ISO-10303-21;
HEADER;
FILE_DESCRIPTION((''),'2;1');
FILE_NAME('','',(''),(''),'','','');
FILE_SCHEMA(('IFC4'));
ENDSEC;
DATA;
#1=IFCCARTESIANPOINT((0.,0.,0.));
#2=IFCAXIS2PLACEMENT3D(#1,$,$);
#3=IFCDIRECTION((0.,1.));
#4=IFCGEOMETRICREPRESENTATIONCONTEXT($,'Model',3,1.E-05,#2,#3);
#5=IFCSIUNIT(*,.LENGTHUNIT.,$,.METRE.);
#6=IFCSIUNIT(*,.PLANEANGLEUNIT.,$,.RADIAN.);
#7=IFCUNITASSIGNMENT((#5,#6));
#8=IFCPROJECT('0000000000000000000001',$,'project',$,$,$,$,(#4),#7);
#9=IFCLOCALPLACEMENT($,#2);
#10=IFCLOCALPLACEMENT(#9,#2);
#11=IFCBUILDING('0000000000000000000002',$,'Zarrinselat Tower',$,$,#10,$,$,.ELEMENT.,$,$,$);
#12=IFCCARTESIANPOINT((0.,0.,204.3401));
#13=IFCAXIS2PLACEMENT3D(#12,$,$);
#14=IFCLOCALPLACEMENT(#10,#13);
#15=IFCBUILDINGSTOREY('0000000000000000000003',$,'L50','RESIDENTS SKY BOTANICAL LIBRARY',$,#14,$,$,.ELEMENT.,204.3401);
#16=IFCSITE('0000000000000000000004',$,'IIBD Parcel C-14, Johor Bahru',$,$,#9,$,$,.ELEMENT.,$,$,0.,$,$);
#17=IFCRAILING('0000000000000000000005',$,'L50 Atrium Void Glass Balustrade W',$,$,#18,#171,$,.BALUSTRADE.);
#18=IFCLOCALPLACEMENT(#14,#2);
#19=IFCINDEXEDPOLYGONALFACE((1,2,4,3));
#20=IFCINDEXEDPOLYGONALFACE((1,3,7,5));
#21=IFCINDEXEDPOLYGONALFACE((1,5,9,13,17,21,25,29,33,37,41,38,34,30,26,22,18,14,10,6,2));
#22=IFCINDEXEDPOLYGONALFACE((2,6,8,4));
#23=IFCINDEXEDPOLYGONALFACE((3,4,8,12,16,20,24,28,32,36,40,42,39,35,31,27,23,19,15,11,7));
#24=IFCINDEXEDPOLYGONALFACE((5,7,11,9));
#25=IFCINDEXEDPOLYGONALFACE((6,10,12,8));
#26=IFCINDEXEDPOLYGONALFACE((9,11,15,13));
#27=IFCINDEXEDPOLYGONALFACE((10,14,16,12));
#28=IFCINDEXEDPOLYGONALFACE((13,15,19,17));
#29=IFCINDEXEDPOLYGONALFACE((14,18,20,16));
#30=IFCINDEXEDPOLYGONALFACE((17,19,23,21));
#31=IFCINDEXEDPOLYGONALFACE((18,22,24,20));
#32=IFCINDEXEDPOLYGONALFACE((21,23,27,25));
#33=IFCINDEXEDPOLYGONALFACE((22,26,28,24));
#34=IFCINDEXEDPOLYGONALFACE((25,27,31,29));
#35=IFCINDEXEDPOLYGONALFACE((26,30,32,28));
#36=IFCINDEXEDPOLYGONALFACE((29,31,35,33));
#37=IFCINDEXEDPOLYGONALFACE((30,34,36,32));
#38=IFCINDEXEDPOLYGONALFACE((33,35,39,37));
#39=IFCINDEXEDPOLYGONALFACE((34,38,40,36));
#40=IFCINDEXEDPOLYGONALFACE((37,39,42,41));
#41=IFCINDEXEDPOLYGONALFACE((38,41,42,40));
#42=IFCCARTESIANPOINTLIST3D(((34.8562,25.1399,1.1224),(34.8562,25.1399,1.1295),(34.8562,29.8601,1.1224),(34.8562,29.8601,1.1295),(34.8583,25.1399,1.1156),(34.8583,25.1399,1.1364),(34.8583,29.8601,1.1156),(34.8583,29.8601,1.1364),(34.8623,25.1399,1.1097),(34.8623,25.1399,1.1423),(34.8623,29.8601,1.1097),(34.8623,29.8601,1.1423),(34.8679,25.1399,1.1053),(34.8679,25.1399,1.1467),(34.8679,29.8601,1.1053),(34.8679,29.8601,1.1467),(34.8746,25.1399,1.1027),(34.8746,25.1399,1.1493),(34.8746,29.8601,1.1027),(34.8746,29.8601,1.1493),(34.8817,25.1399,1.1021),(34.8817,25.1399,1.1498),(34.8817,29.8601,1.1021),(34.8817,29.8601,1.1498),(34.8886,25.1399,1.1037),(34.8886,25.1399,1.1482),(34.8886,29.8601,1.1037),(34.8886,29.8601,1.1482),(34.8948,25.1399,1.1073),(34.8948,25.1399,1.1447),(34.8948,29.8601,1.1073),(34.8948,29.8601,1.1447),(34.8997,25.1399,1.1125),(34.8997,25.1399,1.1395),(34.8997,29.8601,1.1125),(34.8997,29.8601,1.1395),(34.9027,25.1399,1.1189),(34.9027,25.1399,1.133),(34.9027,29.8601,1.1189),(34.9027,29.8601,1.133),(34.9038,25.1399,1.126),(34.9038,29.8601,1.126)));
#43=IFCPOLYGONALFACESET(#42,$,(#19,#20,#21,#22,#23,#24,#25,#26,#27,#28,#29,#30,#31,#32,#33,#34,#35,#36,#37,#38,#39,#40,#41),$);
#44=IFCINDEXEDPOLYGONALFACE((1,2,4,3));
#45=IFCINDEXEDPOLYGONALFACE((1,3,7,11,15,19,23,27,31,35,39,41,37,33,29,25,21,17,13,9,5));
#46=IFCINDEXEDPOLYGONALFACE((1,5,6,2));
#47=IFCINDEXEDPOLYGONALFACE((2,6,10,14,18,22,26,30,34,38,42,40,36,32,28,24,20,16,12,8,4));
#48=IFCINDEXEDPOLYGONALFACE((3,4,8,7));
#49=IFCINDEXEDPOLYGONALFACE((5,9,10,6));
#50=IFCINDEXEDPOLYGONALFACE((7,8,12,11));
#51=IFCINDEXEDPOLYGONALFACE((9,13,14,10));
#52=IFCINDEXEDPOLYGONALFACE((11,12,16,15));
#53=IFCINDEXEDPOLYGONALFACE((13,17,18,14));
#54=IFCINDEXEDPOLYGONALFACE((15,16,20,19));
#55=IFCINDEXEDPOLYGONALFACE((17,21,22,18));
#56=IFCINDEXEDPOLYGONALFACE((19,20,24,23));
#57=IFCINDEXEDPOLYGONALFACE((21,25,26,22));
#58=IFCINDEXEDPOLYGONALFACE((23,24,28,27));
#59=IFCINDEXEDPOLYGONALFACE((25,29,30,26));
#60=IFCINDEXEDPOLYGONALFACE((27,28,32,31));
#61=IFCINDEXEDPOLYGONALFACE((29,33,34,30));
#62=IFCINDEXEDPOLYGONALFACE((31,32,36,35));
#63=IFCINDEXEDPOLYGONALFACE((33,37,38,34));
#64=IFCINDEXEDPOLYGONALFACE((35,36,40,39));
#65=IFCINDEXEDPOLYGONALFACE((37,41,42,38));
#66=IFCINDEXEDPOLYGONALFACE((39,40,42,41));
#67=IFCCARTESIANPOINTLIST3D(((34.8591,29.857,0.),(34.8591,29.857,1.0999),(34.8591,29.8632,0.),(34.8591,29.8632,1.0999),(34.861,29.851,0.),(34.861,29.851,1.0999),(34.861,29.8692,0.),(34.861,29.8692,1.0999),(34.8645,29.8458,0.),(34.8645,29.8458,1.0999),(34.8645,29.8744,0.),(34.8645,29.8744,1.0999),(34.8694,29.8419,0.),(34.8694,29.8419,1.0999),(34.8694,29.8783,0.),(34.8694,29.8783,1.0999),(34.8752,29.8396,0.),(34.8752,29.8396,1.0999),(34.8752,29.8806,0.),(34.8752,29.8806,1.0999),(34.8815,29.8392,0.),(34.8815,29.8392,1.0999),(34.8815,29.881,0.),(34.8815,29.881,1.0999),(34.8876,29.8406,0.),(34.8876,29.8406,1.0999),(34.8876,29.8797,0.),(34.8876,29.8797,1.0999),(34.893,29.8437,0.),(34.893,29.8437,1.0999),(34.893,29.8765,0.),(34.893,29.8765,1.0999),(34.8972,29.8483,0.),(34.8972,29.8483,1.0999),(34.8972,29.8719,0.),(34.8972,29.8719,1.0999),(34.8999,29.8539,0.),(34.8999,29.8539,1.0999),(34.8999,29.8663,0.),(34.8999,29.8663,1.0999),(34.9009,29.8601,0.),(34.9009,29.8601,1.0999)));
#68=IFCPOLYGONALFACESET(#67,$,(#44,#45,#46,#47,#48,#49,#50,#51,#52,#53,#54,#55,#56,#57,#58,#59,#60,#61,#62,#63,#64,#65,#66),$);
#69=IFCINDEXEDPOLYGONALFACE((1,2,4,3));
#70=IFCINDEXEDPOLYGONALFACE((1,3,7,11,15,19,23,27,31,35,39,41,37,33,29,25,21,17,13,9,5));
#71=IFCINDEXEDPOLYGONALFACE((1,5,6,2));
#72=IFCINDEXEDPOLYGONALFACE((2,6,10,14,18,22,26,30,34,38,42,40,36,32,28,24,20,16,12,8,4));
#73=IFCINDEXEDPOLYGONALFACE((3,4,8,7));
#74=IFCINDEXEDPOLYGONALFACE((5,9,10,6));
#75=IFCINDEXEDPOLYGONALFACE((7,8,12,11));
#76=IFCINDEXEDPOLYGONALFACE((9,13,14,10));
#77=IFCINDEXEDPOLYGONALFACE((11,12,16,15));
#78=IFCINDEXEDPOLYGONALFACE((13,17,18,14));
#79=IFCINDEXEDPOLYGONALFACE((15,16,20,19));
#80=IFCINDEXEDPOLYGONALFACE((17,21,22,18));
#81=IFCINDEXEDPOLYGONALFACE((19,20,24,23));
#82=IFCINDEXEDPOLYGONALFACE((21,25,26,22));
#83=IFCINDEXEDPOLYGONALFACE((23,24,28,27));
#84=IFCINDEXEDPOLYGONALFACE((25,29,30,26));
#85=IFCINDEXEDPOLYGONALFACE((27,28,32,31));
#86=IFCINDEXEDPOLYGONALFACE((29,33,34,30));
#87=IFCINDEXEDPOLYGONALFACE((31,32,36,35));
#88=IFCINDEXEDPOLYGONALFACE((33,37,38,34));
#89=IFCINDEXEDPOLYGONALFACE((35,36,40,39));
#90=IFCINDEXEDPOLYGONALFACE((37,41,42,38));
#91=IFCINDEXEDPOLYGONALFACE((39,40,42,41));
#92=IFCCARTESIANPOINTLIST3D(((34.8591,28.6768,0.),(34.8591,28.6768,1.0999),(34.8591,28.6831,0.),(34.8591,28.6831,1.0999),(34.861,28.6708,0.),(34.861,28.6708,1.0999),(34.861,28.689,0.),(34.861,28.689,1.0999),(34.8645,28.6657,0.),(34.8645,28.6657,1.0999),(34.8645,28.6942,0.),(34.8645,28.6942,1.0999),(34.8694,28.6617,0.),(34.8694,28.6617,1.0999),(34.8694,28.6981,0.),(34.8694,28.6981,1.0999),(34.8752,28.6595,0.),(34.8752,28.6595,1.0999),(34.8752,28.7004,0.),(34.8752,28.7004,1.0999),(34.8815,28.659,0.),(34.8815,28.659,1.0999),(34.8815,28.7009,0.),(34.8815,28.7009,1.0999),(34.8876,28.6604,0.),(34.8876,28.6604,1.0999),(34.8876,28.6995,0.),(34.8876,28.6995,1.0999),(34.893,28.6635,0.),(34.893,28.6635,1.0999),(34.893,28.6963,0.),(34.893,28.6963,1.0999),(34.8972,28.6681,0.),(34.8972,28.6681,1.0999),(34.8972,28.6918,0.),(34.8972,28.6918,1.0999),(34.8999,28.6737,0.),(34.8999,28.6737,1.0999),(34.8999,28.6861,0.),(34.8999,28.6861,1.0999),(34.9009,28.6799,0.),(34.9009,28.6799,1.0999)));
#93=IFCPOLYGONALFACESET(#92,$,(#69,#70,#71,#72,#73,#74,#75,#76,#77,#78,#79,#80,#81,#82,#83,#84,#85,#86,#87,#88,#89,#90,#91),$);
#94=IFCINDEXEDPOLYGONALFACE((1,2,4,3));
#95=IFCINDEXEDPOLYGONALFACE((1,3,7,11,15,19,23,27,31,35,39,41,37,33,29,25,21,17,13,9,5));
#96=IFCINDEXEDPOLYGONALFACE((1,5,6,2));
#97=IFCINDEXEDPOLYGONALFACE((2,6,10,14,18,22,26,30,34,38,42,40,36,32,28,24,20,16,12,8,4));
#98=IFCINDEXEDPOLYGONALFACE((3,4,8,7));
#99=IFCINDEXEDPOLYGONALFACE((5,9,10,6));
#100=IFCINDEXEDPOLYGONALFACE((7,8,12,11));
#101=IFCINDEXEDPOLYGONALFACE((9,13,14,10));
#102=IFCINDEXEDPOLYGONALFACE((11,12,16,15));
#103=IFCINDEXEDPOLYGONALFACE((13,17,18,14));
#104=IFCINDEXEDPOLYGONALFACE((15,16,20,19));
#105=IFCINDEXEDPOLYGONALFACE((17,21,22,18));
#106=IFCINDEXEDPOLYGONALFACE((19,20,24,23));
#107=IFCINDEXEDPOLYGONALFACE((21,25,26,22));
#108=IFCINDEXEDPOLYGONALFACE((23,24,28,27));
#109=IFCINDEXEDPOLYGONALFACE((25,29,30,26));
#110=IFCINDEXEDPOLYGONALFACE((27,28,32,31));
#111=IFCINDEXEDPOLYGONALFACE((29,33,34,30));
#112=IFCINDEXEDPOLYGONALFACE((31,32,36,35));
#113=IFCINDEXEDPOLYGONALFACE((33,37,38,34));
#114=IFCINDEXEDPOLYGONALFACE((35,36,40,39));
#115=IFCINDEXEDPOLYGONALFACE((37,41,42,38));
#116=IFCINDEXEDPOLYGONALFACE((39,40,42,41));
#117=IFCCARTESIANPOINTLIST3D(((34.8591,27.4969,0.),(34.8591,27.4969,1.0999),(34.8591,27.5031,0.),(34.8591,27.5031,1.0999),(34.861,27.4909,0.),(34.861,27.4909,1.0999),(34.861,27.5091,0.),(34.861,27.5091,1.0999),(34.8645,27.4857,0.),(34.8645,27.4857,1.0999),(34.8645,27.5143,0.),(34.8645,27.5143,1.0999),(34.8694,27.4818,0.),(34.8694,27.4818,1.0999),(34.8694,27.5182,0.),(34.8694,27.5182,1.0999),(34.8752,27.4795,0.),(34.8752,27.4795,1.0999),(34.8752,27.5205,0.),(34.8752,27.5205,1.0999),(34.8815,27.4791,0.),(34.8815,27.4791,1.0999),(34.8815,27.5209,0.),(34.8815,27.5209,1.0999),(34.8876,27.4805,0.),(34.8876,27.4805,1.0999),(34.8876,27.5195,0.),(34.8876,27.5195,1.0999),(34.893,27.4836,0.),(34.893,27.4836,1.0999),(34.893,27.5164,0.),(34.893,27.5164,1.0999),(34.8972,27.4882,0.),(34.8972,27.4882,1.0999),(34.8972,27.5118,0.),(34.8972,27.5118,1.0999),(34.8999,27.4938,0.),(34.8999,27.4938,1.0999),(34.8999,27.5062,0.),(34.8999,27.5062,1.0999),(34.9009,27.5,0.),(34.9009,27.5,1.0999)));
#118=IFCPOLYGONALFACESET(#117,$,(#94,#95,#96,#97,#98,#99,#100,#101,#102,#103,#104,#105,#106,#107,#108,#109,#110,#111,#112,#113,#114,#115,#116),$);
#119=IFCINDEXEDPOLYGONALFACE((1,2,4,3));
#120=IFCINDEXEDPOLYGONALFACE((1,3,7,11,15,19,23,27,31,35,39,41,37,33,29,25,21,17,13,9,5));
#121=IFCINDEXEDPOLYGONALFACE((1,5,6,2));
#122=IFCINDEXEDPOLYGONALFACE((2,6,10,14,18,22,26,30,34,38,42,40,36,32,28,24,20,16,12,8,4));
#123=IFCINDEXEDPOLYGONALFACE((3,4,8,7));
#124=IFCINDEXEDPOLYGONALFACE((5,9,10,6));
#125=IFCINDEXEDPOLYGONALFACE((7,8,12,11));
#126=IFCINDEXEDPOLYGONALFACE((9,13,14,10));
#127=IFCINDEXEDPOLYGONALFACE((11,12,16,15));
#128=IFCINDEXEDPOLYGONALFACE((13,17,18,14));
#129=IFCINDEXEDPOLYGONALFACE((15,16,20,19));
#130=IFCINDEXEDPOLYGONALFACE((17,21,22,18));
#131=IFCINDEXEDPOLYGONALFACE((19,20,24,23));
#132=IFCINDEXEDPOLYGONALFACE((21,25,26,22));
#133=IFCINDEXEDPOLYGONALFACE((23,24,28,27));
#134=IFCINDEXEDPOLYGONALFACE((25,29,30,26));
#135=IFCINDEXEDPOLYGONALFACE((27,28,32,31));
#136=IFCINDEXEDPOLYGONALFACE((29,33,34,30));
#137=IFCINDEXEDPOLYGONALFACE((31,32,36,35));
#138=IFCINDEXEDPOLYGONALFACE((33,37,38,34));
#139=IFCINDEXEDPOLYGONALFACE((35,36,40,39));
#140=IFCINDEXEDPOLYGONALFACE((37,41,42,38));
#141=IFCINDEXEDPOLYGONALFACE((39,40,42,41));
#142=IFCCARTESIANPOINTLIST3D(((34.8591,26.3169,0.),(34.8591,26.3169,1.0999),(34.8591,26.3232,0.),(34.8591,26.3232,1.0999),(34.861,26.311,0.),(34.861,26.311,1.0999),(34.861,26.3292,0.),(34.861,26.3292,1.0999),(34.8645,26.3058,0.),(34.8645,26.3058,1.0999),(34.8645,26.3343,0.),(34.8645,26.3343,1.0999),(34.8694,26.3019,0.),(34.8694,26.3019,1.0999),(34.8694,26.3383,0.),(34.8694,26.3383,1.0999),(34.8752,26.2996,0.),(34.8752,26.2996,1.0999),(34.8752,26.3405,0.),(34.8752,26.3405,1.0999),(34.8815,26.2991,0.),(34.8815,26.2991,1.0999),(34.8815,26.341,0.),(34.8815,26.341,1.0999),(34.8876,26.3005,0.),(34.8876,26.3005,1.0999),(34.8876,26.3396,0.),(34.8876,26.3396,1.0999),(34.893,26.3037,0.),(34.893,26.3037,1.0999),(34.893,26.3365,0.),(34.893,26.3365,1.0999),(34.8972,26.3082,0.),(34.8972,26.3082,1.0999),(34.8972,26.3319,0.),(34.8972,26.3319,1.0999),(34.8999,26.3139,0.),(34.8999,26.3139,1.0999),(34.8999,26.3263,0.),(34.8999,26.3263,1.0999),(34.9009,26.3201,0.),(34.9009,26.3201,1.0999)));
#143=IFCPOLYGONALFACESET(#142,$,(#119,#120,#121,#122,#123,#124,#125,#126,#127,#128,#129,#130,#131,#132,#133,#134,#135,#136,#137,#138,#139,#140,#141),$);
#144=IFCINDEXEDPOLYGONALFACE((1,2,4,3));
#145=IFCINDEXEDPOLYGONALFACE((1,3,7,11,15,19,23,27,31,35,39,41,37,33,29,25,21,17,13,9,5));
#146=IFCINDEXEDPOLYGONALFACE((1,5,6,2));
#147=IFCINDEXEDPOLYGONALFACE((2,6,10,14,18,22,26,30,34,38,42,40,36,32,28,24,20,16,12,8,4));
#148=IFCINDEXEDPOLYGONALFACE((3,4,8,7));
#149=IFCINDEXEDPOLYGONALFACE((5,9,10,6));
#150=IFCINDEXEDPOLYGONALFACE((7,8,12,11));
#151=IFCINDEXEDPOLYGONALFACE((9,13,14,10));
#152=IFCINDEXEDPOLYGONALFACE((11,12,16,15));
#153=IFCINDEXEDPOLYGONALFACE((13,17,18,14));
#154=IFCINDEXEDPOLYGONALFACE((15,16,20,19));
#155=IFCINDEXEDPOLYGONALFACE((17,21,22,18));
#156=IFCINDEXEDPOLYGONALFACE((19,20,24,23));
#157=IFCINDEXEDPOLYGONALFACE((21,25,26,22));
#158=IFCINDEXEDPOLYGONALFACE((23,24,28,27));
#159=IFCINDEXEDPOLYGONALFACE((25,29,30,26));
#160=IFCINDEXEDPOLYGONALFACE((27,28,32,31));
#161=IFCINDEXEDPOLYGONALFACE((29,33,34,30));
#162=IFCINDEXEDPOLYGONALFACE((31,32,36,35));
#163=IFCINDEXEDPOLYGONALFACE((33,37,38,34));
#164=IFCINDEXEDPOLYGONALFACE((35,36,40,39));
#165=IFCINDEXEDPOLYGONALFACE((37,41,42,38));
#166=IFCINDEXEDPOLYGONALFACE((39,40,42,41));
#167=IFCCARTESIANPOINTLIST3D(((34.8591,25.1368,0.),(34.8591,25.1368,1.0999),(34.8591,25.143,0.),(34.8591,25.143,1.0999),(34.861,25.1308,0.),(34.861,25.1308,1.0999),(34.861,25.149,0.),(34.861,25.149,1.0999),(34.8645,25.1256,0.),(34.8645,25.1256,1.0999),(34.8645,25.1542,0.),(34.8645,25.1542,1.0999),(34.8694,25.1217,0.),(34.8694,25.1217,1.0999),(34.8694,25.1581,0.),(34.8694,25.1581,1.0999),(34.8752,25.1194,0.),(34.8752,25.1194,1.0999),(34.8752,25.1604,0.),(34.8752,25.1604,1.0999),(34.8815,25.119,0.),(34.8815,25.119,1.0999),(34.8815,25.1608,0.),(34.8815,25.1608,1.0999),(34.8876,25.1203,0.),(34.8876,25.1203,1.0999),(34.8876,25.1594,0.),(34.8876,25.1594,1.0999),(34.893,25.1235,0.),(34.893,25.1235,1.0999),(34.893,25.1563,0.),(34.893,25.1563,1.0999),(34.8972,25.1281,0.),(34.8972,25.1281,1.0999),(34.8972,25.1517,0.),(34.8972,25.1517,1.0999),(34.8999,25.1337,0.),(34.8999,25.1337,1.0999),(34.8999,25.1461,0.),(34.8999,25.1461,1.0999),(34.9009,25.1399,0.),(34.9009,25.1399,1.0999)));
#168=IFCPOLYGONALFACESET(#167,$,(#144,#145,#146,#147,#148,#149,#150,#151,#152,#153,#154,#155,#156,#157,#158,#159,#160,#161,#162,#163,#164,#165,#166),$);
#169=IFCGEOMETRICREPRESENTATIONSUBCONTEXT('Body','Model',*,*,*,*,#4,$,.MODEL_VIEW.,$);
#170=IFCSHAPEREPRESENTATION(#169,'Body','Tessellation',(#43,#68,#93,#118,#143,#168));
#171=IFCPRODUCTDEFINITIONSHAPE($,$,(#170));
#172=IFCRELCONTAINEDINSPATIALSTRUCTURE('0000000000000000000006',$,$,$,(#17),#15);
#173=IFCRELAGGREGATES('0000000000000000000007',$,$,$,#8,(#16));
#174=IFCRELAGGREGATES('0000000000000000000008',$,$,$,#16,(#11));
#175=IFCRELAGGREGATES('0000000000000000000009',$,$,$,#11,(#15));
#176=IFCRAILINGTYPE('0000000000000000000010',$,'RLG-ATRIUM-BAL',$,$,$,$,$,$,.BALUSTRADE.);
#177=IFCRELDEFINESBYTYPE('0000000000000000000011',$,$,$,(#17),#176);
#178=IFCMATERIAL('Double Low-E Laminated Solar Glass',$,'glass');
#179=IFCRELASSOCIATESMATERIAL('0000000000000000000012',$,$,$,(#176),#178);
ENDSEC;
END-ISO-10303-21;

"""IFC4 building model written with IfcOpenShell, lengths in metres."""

from ifc_helpers import new_model, si_unit, direction, frame, origin, origin_2d, place, context, subcontext, project, spatial, circle, extrude, material, type_object, element, save


model = new_model("IFC4")

# Units and contexts
model_context = context("Model", 3, precision=1e-05, world=origin(), true_north=direction((0.0, 1.0)))
body_context = subcontext(model_context, "Body", "Model", "MODEL_VIEW")
ifc_project = project(units=[si_unit("LENGTHUNIT", "METRE"), si_unit("PLANEANGLEUNIT", "RADIAN")], contexts=[model_context])

# Site, building, storey
site_placement = place(None, origin())
site = spatial("IfcSite", under=ifc_project, at=site_placement, Name="IIBD Parcel C-14, Johor Bahru", CompositionType="ELEMENT", RefElevation=0.0)
building_placement = place(site_placement, origin())
building = spatial("IfcBuilding", under=site, at=building_placement, Name="Zarrinselat Tower", CompositionType="ELEMENT")
storey_placement = place(building_placement, frame((0.0, 0.0, 204.3401)))
storey = spatial("IfcBuildingStorey", under=building, at=storey_placement, Name="L50", Description="RESIDENTS SKY BOTANICAL LIBRARY", CompositionType="ELEMENT", Elevation=204.3401)

# Railing
ifc_material_1 = material(Name="Double Low-E Laminated Solar Glass", Category="glass")
railing_type = type_object("IfcRailingType", Name="RLG-ATRIUM-BAL", PredefinedType="BALUSTRADE", material=ifc_material_1)
railing_placement = place(storey_placement, frame((34.8799, 29.8601, 0.0)))
element("IfcRailing", 1, at=railing_placement, inside=storey, type_object=railing_type, Name="L50 Atrium Void Glass Balustrade W", PredefinedType="BALUSTRADE", context=body_context, shape_type="SweptSolid", body=[
    extrude(circle(Radius=0.0239, at=origin_2d()), frame((0.0, 0.0, 1.126), z_axis=(0.0, -1.0, 0.0), x_axis=(1.0, 0.0, 0.0)), (0.0, 0.0, 1.0), 4.7202),
    extrude(circle(Radius=0.021, at=origin_2d()), origin(), (0.0, 0.0, 1.0), 1.0999),
    extrude(circle(Radius=0.021, at=origin_2d()), frame((0.0, -1.1802, 0.0)), (0.0, 0.0, 1.0), 1.0999),
    extrude(circle(Radius=0.021, at=origin_2d()), frame((0.0, -2.3601, 0.0)), (0.0, 0.0, 1.0), 1.0999),
    extrude(circle(Radius=0.021, at=origin_2d()), frame((0.0, -3.54, 0.0)), (0.0, 0.0, 1.0), 1.0999),
    extrude(circle(Radius=0.021, at=origin_2d()), frame((0.0, -4.7202, 0.0)), (0.0, 0.0, 1.0), 1.0999),
])

save(model, "model.ifc")
